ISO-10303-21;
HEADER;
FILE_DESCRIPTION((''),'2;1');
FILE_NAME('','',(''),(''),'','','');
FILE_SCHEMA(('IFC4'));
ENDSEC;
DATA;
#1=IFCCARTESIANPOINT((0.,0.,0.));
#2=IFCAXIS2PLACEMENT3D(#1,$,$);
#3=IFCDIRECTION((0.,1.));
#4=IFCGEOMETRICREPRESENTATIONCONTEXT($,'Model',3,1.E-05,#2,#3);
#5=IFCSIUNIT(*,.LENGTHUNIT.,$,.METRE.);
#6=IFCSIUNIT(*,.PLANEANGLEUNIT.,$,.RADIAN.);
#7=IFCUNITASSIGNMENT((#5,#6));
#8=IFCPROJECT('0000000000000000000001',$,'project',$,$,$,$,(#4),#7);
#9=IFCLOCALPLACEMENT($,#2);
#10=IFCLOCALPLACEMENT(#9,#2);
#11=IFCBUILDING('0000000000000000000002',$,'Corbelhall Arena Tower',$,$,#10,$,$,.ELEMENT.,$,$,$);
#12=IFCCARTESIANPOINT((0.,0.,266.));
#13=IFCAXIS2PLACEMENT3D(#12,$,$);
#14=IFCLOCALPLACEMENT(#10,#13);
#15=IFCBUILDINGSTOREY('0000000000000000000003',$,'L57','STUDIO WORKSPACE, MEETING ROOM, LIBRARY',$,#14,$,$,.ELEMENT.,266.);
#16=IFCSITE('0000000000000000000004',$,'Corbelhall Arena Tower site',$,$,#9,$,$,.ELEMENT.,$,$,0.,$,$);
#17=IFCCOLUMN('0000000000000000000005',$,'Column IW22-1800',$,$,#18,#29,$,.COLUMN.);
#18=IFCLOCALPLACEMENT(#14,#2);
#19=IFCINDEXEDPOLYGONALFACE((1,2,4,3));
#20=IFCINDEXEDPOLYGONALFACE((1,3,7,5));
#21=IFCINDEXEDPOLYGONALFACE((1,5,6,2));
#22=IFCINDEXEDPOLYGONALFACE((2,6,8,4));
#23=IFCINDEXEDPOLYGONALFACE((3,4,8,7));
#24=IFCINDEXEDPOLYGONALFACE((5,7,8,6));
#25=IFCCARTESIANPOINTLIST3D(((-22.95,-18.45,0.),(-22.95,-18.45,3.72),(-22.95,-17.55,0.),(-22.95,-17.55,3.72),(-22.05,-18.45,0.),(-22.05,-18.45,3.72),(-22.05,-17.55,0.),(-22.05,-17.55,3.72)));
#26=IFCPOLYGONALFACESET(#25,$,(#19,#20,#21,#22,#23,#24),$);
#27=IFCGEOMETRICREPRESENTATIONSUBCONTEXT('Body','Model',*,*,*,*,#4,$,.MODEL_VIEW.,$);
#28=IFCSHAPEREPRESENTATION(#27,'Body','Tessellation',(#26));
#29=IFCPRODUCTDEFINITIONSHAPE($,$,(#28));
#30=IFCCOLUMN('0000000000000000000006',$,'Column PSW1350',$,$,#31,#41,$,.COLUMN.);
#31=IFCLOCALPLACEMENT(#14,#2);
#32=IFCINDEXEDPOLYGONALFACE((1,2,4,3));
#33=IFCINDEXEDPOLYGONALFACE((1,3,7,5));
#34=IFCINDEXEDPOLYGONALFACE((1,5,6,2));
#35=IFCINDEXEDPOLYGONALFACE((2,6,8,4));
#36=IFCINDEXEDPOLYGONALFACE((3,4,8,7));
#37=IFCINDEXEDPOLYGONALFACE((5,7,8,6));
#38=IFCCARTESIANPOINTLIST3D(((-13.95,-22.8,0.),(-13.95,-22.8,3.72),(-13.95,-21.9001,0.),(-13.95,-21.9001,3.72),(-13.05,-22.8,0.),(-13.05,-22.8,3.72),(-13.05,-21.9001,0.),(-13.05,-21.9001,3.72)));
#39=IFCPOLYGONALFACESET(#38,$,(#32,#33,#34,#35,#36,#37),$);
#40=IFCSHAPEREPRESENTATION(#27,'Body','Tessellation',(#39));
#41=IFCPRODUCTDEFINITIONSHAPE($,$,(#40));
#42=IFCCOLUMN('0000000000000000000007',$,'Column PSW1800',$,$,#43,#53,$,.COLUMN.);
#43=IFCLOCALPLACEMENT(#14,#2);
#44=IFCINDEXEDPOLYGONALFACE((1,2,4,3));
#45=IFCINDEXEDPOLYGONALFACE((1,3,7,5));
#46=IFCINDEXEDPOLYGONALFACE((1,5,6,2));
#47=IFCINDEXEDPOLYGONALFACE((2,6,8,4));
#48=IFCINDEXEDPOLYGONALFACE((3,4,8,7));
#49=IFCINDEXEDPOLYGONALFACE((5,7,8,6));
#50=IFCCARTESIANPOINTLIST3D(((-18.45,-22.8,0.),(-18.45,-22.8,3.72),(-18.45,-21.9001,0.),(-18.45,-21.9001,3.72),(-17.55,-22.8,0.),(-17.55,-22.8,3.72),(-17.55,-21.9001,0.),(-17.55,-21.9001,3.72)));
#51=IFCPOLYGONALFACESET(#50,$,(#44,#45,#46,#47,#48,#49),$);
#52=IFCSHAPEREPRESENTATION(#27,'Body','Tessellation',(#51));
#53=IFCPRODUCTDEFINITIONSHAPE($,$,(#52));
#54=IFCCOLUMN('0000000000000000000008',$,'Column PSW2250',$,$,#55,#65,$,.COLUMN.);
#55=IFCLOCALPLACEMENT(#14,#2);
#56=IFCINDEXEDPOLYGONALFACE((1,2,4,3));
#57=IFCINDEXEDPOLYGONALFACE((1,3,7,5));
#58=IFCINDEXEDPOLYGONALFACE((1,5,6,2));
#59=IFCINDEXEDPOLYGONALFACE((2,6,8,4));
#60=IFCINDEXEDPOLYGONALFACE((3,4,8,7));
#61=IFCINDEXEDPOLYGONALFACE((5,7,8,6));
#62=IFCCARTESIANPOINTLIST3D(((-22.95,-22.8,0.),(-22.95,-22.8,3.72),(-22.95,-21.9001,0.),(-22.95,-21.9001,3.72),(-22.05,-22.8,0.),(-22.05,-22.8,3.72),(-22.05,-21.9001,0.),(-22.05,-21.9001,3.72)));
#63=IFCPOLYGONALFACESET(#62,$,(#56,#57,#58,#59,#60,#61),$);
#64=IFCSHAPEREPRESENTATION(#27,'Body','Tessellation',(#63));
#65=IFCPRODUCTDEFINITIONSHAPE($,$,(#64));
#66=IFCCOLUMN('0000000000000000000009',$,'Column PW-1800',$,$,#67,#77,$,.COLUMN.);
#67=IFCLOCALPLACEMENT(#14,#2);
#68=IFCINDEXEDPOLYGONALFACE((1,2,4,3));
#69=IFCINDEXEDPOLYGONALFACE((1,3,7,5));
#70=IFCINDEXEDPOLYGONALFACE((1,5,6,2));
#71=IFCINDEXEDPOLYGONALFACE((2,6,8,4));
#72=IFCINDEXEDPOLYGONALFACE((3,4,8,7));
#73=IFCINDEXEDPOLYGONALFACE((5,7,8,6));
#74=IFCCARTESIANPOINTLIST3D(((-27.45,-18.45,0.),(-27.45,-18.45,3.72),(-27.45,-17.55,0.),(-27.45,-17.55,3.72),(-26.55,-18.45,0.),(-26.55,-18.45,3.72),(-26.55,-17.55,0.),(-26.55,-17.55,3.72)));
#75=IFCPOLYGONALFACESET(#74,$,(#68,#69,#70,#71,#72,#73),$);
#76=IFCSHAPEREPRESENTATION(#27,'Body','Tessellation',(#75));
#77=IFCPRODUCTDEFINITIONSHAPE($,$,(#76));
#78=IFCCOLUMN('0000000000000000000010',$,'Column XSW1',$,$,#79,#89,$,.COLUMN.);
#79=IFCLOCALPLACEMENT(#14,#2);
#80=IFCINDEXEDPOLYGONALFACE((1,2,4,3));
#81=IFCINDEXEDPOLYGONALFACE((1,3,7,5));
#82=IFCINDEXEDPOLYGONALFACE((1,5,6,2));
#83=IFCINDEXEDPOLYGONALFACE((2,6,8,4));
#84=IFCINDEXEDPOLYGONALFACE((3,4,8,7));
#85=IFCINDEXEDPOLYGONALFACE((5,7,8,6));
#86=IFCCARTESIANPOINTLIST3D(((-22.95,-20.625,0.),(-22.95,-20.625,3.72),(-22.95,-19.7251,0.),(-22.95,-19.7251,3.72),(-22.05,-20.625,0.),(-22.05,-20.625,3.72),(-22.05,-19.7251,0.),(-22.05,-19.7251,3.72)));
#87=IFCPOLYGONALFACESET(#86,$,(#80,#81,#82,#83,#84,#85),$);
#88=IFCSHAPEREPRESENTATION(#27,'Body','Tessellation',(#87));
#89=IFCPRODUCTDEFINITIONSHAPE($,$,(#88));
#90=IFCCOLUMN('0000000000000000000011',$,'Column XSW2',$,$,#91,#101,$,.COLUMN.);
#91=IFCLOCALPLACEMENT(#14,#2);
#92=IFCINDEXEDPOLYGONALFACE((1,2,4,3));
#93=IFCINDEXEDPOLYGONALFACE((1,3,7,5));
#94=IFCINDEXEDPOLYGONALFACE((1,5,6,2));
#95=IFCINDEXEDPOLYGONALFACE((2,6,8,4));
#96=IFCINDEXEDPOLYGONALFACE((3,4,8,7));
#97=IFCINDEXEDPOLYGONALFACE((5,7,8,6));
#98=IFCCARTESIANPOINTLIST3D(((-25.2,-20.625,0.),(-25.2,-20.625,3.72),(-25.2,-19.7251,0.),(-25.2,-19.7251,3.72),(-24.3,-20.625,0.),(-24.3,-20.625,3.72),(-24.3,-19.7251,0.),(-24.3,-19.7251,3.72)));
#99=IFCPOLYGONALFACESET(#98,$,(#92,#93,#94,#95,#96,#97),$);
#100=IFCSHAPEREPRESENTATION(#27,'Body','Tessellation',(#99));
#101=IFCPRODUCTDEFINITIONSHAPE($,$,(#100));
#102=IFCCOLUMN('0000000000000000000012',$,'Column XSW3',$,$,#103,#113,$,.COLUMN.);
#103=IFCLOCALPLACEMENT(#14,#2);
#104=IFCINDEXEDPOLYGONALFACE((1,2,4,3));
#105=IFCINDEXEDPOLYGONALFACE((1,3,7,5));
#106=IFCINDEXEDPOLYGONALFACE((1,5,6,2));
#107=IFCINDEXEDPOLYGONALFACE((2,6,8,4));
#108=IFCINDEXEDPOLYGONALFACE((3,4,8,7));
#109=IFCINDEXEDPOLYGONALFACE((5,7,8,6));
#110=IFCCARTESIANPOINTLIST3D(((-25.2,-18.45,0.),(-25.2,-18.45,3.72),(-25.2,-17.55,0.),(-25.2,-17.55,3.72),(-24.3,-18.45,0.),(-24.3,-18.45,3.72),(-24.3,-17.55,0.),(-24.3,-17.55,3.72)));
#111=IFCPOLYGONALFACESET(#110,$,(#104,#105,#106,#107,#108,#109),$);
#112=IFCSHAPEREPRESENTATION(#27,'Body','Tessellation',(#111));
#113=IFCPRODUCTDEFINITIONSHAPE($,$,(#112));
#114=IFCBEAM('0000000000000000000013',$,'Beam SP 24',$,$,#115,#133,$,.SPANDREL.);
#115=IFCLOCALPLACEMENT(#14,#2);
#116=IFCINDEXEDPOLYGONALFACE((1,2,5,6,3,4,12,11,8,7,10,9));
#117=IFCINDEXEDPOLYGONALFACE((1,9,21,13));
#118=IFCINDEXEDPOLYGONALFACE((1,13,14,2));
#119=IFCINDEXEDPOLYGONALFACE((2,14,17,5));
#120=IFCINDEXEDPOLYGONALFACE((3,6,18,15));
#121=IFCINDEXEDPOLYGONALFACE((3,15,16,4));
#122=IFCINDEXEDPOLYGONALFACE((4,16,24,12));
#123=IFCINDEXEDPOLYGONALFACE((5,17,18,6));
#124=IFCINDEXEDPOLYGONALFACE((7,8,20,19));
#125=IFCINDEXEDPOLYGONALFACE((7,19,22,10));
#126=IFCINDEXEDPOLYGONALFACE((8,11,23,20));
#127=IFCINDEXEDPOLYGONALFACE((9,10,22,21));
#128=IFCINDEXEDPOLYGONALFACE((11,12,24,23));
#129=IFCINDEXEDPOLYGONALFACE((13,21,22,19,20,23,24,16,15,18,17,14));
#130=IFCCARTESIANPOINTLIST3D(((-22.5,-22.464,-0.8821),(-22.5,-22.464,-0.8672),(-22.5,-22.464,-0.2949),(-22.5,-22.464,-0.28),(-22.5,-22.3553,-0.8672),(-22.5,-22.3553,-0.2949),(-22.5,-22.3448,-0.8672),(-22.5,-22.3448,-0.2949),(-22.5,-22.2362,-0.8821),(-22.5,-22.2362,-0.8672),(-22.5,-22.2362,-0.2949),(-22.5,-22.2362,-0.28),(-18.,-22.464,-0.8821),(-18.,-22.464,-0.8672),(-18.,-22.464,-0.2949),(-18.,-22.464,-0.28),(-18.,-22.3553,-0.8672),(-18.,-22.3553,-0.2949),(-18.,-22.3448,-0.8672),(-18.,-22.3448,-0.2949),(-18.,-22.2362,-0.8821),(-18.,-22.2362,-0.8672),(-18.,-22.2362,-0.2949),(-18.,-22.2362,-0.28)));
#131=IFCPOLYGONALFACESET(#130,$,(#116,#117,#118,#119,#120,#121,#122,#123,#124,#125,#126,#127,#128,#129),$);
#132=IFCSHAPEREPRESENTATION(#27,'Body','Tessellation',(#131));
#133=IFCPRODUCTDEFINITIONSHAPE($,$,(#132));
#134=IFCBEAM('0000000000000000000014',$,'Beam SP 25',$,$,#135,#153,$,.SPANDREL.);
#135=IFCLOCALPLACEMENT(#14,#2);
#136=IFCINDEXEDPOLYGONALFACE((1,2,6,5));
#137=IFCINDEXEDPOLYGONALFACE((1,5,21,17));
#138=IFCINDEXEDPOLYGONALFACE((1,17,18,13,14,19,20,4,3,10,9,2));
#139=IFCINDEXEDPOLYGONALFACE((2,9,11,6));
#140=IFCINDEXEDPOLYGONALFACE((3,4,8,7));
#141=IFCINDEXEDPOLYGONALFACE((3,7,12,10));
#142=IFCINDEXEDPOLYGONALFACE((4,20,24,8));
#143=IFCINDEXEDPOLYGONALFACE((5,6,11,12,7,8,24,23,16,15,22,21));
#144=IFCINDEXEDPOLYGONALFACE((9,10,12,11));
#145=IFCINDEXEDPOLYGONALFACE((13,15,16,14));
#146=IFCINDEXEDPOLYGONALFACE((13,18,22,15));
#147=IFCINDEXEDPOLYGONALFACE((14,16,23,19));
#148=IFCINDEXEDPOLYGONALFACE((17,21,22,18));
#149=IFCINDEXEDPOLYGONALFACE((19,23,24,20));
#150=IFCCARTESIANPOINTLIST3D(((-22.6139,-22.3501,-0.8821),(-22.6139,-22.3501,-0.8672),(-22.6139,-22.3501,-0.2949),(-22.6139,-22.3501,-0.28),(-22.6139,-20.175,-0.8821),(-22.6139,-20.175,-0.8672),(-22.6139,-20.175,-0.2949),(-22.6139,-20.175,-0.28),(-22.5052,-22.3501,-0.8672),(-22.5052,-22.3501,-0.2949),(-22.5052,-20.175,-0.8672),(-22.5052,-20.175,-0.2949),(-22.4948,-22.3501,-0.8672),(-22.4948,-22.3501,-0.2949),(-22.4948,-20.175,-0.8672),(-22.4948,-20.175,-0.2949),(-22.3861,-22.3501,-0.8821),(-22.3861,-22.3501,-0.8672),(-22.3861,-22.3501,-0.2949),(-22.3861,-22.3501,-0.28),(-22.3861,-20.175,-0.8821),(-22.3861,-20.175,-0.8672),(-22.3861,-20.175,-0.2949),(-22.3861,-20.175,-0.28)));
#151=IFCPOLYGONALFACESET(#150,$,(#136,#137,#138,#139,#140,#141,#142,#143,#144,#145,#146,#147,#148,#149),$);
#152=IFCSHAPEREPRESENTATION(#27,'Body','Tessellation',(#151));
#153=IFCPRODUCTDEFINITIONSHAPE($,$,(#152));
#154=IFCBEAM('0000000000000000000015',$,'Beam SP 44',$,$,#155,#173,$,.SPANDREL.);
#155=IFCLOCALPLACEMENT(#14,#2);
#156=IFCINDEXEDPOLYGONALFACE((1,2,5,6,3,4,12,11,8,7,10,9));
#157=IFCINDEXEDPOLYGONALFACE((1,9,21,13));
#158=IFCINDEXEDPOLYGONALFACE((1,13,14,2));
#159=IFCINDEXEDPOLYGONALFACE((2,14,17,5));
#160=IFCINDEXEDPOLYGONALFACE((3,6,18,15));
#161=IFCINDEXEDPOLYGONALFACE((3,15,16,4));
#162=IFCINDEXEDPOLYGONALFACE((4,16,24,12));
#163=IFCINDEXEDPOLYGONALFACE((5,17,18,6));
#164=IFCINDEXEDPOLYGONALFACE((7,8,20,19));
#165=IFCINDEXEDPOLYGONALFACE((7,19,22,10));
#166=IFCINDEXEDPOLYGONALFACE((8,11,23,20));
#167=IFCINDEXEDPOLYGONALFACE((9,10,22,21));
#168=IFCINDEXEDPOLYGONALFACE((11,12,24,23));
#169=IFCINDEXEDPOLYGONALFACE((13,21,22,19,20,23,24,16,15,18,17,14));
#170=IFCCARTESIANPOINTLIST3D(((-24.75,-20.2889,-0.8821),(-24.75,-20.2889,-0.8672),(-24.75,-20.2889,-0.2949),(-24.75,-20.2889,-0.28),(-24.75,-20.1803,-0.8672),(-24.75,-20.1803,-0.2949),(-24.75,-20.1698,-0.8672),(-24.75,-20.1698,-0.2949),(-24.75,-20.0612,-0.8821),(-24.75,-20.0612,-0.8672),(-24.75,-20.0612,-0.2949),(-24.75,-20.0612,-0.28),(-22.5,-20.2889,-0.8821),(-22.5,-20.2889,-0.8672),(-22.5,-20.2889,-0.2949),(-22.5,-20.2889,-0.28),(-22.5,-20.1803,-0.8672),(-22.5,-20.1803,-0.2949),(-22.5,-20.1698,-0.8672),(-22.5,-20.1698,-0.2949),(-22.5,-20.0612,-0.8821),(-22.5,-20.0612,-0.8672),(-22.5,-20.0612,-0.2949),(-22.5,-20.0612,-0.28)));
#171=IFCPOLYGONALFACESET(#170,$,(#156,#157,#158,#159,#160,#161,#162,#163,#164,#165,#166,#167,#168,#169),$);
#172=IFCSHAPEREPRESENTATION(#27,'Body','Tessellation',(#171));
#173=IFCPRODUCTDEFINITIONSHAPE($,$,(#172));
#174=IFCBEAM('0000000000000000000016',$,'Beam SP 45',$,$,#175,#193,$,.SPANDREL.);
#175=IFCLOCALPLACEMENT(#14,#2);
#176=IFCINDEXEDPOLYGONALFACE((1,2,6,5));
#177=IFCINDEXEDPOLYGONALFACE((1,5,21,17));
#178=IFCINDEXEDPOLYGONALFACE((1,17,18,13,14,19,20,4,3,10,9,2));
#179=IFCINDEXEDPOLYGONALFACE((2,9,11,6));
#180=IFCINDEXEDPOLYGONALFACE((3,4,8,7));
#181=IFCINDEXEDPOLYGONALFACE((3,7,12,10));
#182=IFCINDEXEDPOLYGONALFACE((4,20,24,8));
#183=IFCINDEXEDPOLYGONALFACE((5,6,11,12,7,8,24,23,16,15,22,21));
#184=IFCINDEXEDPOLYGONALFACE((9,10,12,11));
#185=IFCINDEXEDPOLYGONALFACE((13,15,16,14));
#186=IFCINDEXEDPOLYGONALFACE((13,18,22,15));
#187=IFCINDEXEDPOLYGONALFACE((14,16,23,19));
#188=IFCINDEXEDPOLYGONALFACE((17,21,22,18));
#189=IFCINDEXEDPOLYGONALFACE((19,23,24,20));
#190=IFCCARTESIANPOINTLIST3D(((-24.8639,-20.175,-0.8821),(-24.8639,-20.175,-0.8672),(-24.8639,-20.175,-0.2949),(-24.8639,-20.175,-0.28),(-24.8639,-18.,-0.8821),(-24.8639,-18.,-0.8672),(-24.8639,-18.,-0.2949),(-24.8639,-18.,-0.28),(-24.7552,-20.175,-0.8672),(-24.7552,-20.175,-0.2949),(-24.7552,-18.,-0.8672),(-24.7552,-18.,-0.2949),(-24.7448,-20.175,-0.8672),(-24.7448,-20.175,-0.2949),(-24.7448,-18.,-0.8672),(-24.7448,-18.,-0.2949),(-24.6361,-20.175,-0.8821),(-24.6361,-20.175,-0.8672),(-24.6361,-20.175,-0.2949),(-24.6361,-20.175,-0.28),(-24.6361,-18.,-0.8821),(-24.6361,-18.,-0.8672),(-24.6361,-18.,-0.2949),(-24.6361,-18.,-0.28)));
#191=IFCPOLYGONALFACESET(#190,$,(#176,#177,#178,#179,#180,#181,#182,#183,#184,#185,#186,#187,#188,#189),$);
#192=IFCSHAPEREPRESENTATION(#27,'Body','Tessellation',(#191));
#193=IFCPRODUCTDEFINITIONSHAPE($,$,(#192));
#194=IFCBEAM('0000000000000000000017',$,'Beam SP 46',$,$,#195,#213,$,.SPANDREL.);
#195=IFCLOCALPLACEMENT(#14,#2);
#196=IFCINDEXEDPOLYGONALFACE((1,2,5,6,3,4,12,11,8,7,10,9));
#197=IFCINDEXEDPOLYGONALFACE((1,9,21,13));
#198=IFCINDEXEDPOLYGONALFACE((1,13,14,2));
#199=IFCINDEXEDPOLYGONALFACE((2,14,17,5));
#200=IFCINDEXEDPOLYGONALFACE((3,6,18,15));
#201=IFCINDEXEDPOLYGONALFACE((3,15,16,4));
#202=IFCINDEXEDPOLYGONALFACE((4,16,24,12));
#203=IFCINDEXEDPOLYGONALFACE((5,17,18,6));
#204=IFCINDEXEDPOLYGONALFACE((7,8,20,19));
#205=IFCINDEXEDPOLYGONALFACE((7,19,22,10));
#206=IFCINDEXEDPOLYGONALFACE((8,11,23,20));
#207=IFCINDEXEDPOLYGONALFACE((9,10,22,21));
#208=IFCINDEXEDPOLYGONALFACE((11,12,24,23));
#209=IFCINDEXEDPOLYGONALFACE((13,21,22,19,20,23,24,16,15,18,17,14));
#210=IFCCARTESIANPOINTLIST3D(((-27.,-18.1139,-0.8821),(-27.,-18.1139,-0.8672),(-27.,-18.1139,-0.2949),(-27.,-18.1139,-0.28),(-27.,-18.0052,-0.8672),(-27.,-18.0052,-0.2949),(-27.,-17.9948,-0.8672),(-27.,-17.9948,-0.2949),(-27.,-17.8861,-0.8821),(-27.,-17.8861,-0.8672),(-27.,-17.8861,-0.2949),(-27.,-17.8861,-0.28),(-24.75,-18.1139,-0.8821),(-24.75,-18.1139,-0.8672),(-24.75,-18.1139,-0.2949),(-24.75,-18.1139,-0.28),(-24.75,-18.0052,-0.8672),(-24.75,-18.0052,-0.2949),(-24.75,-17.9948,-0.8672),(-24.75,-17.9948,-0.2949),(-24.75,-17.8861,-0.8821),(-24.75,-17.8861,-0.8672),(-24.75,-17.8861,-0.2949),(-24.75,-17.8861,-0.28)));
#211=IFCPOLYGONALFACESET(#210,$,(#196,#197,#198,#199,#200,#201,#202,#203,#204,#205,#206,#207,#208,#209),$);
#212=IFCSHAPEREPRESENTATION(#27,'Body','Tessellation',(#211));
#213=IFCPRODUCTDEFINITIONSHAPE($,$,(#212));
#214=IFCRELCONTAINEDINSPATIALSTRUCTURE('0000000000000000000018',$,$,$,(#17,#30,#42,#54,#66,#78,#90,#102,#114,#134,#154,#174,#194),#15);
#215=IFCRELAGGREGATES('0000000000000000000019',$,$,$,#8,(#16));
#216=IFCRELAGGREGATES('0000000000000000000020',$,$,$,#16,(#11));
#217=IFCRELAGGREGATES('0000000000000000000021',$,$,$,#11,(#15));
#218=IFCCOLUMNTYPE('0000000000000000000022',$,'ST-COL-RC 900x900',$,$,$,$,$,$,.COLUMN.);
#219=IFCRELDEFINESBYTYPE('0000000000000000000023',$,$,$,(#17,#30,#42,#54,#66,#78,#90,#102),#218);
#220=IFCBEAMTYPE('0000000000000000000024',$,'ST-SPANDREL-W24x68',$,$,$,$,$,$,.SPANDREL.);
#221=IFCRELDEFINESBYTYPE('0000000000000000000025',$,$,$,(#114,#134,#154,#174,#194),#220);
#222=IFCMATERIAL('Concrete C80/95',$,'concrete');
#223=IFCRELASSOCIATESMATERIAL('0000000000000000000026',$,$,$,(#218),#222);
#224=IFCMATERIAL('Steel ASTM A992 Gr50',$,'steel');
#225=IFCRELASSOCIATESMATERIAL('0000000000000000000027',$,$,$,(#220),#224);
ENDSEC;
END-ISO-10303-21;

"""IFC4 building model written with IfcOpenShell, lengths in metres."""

from ifc_helpers import new_model, si_unit, direction, frame, origin, origin_2d, place, context, subcontext, project, spatial, rectangle, i_section, extrude, material, material_profile, profile_set, type_object, element, save


model = new_model("IFC4")

# Units and contexts
model_context = context("Model", 3, precision=1e-05, world=origin(), true_north=direction((0.0, 1.0)))
body_context = subcontext(model_context, "Body", "Model", "MODEL_VIEW")
ifc_project = project(units=[si_unit("LENGTHUNIT", "METRE"), si_unit("PLANEANGLEUNIT", "RADIAN")], contexts=[model_context])

# Site, building, storey
site_placement = place(None, origin())
site = spatial("IfcSite", under=ifc_project, at=site_placement, Name="Corbelhall Arena Tower site", CompositionType="ELEMENT", RefElevation=0.0)
building_placement = place(site_placement, origin())
building = spatial("IfcBuilding", under=site, at=building_placement, Name="Corbelhall Arena Tower", CompositionType="ELEMENT")
storey_placement = place(building_placement, frame((0.0, 0.0, 266.0)))
storey = spatial("IfcBuildingStorey", under=building, at=storey_placement, Name="L57", Description="STUDIO WORKSPACE, MEETING ROOM, LIBRARY", CompositionType="ELEMENT", Elevation=266.0)

# Columns
ifc_material_1 = material(Name="Concrete C80/95", Category="concrete")
ifc_material_profile_1 = material_profile(ifc_material_1, rectangle(XDim=0.8999, YDim=0.8999, at=origin_2d()))
ifc_profile_set_1 = profile_set([ifc_material_profile_1], Name="Concrete C80/95")
column_type = type_object("IfcColumnType", Name="ST-COL-RC 900x900", PredefinedType="COLUMN", material=ifc_profile_set_1)
for number, where, z_axis, x_axis, name in (
    (1, (-22.5, -18.0, 0.0), (0.0, 0.0, 1.0), (1.0, 0.0, 0.0), "Column IW22-1800"),
    (2, (-13.5, -22.3501, 0.0), (0.0, 0.0, 1.0), (1.0, 0.0, 0.0), "Column PSW1350"),
    (3, (-18.0, -22.3501, 0.0), (0.0, 0.0, 1.0), (1.0, 0.0, 0.0), "Column PSW1800"),
    (4, (-22.5, -22.3501, 0.0), (0.0, 0.0, 1.0), (1.0, 0.0, 0.0), "Column PSW2250"),
    (5, (-27.0, -18.0, 0.0), (0.0, 0.0, 1.0), (0.0, 1.0, 0.0), "Column PW-1800"),
    (6, (-22.5, -20.175, 0.0), (0.0, 0.0, 1.0), (1.0, 0.0, 0.0), "Column XSW1"),
    (7, (-24.75, -20.175, 0.0), (0.0, 0.0, 1.0), (1.0, 0.0, 0.0), "Column XSW2"),
    (8, (-24.75, -18.0, 0.0), (0.0, 0.0, 1.0), (1.0, 0.0, 0.0), "Column XSW3"),
):
    element("IfcColumn", number, at=place(storey_placement, frame(where, z_axis=z_axis, x_axis=x_axis)), inside=storey, type_object=column_type, Name=name, PredefinedType="COLUMN", context=body_context, shape_type="SweptSolid", body=[
        extrude(rectangle(XDim=0.8999, YDim=0.8999, at=origin_2d()), origin(), (0.0, 0.0, 1.0), 3.72),
    ])

# Beams
ifc_material_2 = material(Name="Steel ASTM A992 Gr50", Category="steel")
ifc_material_profile_2 = material_profile(ifc_material_2, i_section(OverallWidth=0.2278, OverallDepth=0.6021, WebThickness=0.0105, FlangeThickness=0.0149, at=origin_2d()))
ifc_profile_set_2 = profile_set([ifc_material_profile_2], Name="Steel ASTM A992 Gr50")
beam_type_1 = type_object("IfcBeamType", Name="ST-SPANDREL-W24x68", PredefinedType="SPANDREL", material=ifc_profile_set_2)
beam_1_placement = place(storey_placement, frame((-18.0, -22.3501, -0.5811), z_axis=(-1.0, 0.0, 0.0), x_axis=(0.0, -1.0, 0.0)))
element("IfcBeam", 9, at=beam_1_placement, inside=storey, type_object=beam_type_1, Name="Beam SP 24", PredefinedType="SPANDREL", context=body_context, shape_type="SweptSolid", body=[
    extrude(i_section(OverallWidth=0.2278, OverallDepth=0.6021, WebThickness=0.0105, FlangeThickness=0.0149, at=origin_2d()), origin(), (0.0, 0.0, 1.0), 4.5),
])
beam_2_placement = place(storey_placement, frame((-22.5, -22.3501, -0.5811), z_axis=(0.0, 1.0, 0.0), x_axis=(-1.0, 0.0, 0.0)))
element("IfcBeam", 10, at=beam_2_placement, inside=storey, type_object=beam_type_1, Name="Beam SP 25", PredefinedType="SPANDREL", context=body_context, shape_type="SweptSolid", body=[
    extrude(i_section(OverallWidth=0.2278, OverallDepth=0.6021, WebThickness=0.0105, FlangeThickness=0.0149, at=origin_2d()), origin(), (0.0, 0.0, 1.0), 2.175),
])
beam_3_placement = place(storey_placement, frame((-22.5, -20.175, -0.5811), z_axis=(-1.0, 0.0, 0.0), x_axis=(0.0, -1.0, 0.0)))
element("IfcBeam", 11, at=beam_3_placement, inside=storey, type_object=beam_type_1, Name="Beam SP 44", PredefinedType="SPANDREL", context=body_context, shape_type="SweptSolid", body=[
    extrude(i_section(OverallWidth=0.2278, OverallDepth=0.6021, WebThickness=0.0105, FlangeThickness=0.0149, at=origin_2d()), origin(), (0.0, 0.0, 1.0), 2.25),
])
beam_4_placement = place(storey_placement, frame((-24.75, -20.175, -0.5811), z_axis=(0.0, 1.0, 0.0), x_axis=(-1.0, 0.0, 0.0)))
element("IfcBeam", 12, at=beam_4_placement, inside=storey, type_object=beam_type_1, Name="Beam SP 45", PredefinedType="SPANDREL", context=body_context, shape_type="SweptSolid", body=[
    extrude(i_section(OverallWidth=0.2278, OverallDepth=0.6021, WebThickness=0.0105, FlangeThickness=0.0149, at=origin_2d()), origin(), (0.0, 0.0, 1.0), 2.175),
])
beam_5_placement = place(storey_placement, frame((-24.75, -18.0, -0.5811), z_axis=(-1.0, 0.0, 0.0), x_axis=(0.0, -1.0, 0.0)))
element("IfcBeam", 13, at=beam_5_placement, inside=storey, type_object=beam_type_1, Name="Beam SP 46", PredefinedType="SPANDREL", context=body_context, shape_type="SweptSolid", body=[
    extrude(i_section(OverallWidth=0.2278, OverallDepth=0.6021, WebThickness=0.0105, FlangeThickness=0.0149, at=origin_2d()), origin(), (0.0, 0.0, 1.0), 2.25),
])

save(model, "model.ifc")
